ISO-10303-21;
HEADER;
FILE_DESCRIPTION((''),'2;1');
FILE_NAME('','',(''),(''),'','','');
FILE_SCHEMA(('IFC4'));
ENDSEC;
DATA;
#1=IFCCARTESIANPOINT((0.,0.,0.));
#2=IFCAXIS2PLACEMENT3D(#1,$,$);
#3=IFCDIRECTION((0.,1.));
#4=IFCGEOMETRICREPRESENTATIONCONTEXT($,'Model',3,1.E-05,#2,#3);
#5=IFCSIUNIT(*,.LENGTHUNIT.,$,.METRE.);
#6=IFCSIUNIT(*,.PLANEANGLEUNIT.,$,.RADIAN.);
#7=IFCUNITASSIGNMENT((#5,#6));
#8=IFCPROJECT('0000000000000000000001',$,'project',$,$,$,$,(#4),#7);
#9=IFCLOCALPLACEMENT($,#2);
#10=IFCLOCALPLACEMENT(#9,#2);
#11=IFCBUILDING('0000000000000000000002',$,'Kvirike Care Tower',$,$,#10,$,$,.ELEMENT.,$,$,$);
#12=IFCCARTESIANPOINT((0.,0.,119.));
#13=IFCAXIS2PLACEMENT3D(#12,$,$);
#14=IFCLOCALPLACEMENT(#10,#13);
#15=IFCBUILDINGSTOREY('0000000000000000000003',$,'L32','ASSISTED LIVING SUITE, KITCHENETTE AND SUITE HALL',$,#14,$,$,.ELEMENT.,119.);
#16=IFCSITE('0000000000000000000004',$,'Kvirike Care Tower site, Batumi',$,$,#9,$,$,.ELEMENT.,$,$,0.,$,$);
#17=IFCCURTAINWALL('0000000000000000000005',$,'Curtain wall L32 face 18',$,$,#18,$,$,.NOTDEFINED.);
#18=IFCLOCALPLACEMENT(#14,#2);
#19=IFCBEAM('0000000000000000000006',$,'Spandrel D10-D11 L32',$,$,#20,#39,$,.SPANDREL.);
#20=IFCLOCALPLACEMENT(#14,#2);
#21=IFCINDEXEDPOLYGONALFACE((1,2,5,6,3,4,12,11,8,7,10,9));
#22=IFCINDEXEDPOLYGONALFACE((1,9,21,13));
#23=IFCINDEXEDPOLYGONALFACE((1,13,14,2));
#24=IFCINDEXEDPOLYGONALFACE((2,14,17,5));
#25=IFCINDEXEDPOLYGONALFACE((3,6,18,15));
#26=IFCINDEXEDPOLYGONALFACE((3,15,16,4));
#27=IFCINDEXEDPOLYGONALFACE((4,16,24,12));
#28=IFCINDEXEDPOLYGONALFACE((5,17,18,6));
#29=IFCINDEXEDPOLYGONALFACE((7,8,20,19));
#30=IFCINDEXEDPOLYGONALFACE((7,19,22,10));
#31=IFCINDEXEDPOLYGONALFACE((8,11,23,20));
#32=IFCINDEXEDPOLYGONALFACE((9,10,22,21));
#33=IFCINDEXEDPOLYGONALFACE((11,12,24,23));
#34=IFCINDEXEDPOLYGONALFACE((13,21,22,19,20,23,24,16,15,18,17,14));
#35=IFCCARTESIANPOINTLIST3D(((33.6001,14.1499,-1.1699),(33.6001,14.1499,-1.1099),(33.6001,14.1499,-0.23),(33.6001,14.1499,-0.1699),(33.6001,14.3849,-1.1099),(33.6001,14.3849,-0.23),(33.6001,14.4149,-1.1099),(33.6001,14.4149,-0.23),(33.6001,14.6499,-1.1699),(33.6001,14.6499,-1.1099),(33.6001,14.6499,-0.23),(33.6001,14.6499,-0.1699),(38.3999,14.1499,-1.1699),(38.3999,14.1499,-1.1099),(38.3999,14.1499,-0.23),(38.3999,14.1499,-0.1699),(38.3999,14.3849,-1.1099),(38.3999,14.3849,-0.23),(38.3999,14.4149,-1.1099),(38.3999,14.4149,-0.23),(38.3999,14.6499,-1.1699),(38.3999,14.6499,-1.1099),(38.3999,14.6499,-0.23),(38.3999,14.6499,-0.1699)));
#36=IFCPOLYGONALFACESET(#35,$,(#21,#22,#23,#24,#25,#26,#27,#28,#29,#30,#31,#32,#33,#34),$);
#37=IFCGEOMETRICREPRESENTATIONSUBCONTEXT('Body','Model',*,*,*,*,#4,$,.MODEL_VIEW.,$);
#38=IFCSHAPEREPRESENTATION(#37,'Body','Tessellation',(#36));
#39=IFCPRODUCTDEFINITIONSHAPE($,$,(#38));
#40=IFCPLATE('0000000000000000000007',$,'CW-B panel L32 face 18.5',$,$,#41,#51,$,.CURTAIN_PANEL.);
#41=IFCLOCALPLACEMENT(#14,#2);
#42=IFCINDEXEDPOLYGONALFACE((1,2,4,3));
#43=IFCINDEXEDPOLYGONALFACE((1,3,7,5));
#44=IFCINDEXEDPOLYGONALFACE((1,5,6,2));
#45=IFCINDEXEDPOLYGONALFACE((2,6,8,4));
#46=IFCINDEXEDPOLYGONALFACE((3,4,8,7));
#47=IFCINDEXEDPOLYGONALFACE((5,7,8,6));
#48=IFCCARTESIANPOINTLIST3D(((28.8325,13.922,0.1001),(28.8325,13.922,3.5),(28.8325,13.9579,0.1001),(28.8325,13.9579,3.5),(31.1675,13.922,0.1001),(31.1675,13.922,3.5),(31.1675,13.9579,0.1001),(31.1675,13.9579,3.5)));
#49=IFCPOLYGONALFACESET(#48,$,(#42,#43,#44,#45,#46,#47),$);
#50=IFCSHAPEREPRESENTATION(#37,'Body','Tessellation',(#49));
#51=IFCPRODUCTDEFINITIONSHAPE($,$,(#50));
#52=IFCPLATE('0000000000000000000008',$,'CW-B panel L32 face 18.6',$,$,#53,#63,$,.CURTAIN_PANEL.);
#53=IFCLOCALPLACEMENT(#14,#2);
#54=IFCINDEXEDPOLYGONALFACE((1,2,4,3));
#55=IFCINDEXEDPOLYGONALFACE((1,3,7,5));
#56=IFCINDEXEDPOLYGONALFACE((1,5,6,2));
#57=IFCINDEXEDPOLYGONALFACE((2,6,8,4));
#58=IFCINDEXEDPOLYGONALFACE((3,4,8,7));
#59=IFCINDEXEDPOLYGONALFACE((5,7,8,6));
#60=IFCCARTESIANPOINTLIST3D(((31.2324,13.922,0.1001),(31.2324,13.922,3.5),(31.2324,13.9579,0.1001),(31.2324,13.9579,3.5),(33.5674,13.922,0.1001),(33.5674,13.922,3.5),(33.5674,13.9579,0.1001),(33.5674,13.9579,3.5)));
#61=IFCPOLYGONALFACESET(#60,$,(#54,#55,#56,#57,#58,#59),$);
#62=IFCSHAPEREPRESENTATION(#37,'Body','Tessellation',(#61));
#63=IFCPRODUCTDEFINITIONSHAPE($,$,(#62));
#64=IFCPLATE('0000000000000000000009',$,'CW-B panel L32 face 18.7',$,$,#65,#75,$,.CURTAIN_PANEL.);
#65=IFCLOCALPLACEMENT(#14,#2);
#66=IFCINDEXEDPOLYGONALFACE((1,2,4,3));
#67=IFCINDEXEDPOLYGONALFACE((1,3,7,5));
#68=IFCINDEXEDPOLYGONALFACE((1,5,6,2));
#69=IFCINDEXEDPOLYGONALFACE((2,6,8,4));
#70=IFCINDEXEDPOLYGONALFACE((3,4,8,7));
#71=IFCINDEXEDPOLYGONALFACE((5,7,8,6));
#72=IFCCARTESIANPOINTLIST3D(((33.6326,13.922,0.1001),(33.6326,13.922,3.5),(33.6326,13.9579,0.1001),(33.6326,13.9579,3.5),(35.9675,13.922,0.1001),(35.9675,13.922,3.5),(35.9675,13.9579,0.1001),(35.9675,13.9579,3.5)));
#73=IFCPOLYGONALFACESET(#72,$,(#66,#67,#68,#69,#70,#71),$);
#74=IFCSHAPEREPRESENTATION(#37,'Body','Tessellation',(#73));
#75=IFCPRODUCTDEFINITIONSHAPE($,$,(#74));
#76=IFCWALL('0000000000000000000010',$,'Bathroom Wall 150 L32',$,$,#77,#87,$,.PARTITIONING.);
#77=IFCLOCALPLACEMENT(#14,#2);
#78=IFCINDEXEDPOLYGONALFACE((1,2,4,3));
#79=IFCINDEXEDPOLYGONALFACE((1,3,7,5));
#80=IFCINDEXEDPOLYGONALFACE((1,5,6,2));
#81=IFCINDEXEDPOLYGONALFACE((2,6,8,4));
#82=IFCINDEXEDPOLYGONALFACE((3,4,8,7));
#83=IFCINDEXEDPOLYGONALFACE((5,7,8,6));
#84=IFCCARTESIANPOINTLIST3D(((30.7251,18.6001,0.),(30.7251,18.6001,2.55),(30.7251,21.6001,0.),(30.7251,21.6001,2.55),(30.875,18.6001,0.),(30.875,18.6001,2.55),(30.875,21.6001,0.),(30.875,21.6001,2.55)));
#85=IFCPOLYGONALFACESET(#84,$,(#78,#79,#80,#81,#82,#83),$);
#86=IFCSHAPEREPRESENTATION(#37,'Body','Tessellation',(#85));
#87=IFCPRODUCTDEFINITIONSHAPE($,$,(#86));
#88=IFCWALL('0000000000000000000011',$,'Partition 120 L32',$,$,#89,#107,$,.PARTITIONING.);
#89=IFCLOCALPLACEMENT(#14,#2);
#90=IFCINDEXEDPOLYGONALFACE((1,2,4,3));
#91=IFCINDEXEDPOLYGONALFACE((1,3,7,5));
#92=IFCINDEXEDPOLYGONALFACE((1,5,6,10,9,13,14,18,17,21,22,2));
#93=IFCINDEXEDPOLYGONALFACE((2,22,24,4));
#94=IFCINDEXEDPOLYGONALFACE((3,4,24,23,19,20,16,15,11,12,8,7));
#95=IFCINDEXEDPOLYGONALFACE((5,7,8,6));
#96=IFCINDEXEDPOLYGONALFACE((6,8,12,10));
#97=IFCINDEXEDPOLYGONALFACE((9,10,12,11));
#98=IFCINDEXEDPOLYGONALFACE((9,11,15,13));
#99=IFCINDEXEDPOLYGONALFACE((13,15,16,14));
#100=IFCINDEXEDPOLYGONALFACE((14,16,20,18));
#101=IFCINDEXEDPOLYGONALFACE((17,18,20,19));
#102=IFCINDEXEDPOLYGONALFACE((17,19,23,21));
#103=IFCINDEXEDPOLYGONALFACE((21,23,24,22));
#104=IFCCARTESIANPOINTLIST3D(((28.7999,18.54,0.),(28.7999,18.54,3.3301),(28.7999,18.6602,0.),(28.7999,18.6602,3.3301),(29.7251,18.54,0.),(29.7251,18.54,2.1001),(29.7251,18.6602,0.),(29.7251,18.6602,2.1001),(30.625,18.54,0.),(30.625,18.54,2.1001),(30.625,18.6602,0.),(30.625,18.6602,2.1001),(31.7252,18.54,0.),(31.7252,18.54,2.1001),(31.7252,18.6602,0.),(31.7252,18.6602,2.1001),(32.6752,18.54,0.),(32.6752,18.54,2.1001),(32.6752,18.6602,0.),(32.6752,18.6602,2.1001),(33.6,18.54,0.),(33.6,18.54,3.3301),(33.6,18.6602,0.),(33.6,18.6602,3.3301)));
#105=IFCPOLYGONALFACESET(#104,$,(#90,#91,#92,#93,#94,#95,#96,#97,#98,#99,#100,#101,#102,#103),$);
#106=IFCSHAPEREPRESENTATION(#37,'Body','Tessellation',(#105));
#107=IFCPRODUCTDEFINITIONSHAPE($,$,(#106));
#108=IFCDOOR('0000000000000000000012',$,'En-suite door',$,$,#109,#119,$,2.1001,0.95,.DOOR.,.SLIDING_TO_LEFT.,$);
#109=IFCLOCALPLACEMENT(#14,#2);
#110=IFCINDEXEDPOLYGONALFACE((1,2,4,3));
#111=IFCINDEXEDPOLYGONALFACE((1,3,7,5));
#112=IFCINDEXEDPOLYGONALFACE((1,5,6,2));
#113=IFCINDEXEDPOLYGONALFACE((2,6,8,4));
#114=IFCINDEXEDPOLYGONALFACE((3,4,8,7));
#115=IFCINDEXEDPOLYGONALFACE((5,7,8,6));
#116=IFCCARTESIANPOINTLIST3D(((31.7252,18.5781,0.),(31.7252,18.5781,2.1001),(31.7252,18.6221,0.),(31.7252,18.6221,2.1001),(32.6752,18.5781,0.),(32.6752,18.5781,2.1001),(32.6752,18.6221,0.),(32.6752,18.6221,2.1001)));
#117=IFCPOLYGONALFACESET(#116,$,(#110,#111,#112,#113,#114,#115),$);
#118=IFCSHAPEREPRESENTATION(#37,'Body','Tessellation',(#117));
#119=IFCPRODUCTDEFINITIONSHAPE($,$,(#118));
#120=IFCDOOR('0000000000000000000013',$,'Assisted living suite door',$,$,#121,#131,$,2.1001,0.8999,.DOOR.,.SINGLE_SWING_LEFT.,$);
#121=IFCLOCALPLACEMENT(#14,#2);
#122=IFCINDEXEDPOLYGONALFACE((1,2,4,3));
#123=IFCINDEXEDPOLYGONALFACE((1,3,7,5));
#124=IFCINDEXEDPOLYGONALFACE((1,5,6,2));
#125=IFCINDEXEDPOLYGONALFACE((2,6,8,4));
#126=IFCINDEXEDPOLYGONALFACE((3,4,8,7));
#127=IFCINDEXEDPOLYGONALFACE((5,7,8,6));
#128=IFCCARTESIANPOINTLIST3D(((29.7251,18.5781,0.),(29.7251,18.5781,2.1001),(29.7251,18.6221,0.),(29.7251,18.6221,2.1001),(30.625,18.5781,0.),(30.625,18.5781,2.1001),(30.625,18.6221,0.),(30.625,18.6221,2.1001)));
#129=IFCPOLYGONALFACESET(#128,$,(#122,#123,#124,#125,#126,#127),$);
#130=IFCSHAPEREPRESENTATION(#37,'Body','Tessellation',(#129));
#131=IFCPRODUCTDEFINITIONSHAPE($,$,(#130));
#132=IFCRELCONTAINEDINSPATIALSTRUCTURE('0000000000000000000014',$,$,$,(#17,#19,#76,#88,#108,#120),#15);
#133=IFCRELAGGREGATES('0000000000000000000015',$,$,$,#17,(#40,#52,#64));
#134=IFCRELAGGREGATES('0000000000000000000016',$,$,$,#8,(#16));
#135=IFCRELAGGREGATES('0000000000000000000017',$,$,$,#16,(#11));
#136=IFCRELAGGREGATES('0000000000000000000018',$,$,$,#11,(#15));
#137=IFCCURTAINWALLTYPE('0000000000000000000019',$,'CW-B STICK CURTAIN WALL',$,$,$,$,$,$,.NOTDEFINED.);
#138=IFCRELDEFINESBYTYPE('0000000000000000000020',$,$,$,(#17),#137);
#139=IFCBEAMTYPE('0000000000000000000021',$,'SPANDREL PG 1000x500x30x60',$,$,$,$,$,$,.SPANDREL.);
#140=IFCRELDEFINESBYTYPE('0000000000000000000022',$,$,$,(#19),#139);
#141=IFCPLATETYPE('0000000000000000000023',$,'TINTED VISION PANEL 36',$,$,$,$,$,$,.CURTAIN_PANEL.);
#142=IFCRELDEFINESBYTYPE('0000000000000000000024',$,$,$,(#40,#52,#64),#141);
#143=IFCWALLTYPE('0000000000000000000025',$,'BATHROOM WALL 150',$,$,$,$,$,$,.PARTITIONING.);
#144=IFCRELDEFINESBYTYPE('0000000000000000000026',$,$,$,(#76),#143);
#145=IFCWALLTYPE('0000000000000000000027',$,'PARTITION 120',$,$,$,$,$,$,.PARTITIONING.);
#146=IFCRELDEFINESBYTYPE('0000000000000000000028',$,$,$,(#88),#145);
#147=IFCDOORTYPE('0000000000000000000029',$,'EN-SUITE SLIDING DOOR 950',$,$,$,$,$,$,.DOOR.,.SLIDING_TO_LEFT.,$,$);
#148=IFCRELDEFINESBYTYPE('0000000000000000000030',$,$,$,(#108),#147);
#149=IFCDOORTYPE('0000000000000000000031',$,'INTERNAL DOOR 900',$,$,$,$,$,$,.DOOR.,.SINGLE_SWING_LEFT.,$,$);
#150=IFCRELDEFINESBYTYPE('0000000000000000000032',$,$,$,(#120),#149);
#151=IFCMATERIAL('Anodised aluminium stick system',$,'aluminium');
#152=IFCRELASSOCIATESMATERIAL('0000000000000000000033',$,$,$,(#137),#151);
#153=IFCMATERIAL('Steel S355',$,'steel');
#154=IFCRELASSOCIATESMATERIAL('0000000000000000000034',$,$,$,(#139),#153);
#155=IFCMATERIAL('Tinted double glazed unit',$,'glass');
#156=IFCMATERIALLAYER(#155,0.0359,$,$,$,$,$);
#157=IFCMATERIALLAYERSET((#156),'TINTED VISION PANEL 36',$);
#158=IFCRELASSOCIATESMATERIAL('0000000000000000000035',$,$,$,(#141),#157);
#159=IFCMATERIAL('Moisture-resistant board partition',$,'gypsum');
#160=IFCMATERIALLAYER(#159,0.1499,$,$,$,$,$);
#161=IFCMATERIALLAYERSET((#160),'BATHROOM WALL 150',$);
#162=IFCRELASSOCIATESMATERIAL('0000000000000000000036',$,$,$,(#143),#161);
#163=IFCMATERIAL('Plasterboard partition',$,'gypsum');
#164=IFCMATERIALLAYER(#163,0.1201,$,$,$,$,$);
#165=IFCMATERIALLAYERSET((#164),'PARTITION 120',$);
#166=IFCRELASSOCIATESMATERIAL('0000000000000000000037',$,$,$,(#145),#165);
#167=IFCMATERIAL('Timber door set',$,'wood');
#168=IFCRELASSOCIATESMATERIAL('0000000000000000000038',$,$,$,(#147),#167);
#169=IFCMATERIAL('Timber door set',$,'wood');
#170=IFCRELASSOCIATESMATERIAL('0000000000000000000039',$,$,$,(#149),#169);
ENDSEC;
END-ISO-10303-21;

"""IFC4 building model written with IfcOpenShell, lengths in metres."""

from ifc_helpers import new_model, si_unit, direction, frame, frame_2d, origin, origin_2d, place, context, subcontext, project, spatial, rectangle, i_section, extrude, material, layer, layer_set, material_profile, profile_set, type_object, element, fill, aggregate, save


model = new_model("IFC4")

# Units and contexts
model_context = context("Model", 3, precision=1e-05, world=origin(), true_north=direction((0.0, 1.0)))
body_context = subcontext(model_context, "Body", "Model", "MODEL_VIEW")
ifc_project = project(units=[si_unit("LENGTHUNIT", "METRE"), si_unit("PLANEANGLEUNIT", "RADIAN")], contexts=[model_context])

# Site, building, storey
site_placement = place(None, origin())
site = spatial("IfcSite", under=ifc_project, at=site_placement, Name="Kvirike Care Tower site, Batumi", CompositionType="ELEMENT", RefElevation=0.0)
building_placement = place(site_placement, origin())
building = spatial("IfcBuilding", under=site, at=building_placement, Name="Kvirike Care Tower", CompositionType="ELEMENT")
storey_placement = place(building_placement, frame((0.0, 0.0, 119.0)))
storey = spatial("IfcBuildingStorey", under=building, at=storey_placement, Name="L32", Description="ASSISTED LIVING SUITE, KITCHENETTE AND SUITE HALL", CompositionType="ELEMENT", Elevation=119.0)

# Curtain wall
ifc_material_1 = material(Name="Anodised aluminium stick system", Category="aluminium")
curtain_wall_type = type_object("IfcCurtainWallType", Name="CW-B STICK CURTAIN WALL", PredefinedType="NOTDEFINED", material=ifc_material_1)
curtain_wall_placement = place(storey_placement, origin())
curtain_wall = element("IfcCurtainWall", 1, at=curtain_wall_placement, inside=storey, type_object=curtain_wall_type, Name="Curtain wall L32 face 18", PredefinedType="NOTDEFINED")

# Beam
ifc_material_2 = material(Name="Steel S355", Category="steel")
ifc_material_profile_1 = material_profile(ifc_material_2, i_section(OverallWidth=0.5, OverallDepth=1.0, WebThickness=0.03, FlangeThickness=0.0601, at=origin_2d()), Name="PG 1000x500x30x60")
ifc_profile_set_1 = profile_set([ifc_material_profile_1], Name="Steel S355")
beam_type_1 = type_object("IfcBeamType", Name="SPANDREL PG 1000x500x30x60", PredefinedType="SPANDREL", material=ifc_profile_set_1)
beam_1_placement = place(storey_placement, frame((33.6001, 14.3999, -0.6699), z_axis=(1.0, 0.0, 0.0), x_axis=(0.0, 1.0, 0.0)))
element("IfcBeam", 2, at=beam_1_placement, inside=storey, type_object=beam_type_1, Name="Spandrel D10-D11 L32", PredefinedType="SPANDREL", context=body_context, shape_type="SweptSolid", body=[
    extrude(i_section(OverallWidth=0.5, OverallDepth=1.0, WebThickness=0.03, FlangeThickness=0.0601, at=origin_2d()), origin(), (0.0, 0.0, 1.0), 4.7998),
])

# Plates
ifc_material_3 = material(Name="Tinted double glazed unit", Category="glass")
ifc_layer_1 = layer(ifc_material_3, 0.0359)
ifc_layer_set_1 = layer_set([ifc_layer_1], Name="TINTED VISION PANEL 36")
plate_type = type_object("IfcPlateType", Name="TINTED VISION PANEL 36", PredefinedType="CURTAIN_PANEL", material=ifc_layer_set_1)
plate_1_placement = place(storey_placement, frame((30.0, 13.9399, 0.1001), z_axis=(0.0, 0.0, 1.0), x_axis=(1.0, 0.0, 0.0)))
plate_1 = element("IfcPlate", 3, at=plate_1_placement, type_object=plate_type, Name="CW-B panel L32 face 18.5", PredefinedType="CURTAIN_PANEL", context=body_context, shape_type="SweptSolid", body=[
    extrude(rectangle(XDim=2.335, YDim=0.0359, at=origin_2d()), origin(), (0.0, 0.0, 1.0), 3.3999),
])
plate_2_placement = place(storey_placement, frame((32.3999, 13.9399, 0.1001), z_axis=(0.0, 0.0, 1.0), x_axis=(1.0, 0.0, 0.0)))
plate_2 = element("IfcPlate", 4, at=plate_2_placement, type_object=plate_type, Name="CW-B panel L32 face 18.6", PredefinedType="CURTAIN_PANEL", context=body_context, shape_type="SweptSolid", body=[
    extrude(rectangle(XDim=2.335, YDim=0.0359, at=origin_2d()), origin(), (0.0, 0.0, 1.0), 3.3999),
])
plate_3_placement = place(storey_placement, frame((34.8, 13.9399, 0.1001), z_axis=(0.0, 0.0, 1.0), x_axis=(1.0, 0.0, 0.0)))
plate_3 = element("IfcPlate", 5, at=plate_3_placement, type_object=plate_type, Name="CW-B panel L32 face 18.7", PredefinedType="CURTAIN_PANEL", context=body_context, shape_type="SweptSolid", body=[
    extrude(rectangle(XDim=2.335, YDim=0.0359, at=origin_2d()), origin(), (0.0, 0.0, 1.0), 3.3999),
])
aggregate(curtain_wall, [plate_1, plate_2, plate_3])

# Wall
ifc_material_4 = material(Name="Moisture-resistant board partition", Category="gypsum")
ifc_layer_2 = layer(ifc_material_4, 0.1499)
ifc_layer_set_2 = layer_set([ifc_layer_2], Name="BATHROOM WALL 150")
wall_type_1 = type_object("IfcWallType", Name="BATHROOM WALL 150", PredefinedType="PARTITIONING", material=ifc_layer_set_2)
wall_1_placement = place(storey_placement, frame((30.8, 18.6001, 0.0), z_axis=(0.0, 0.0, 1.0), x_axis=(0.0, 1.0, 0.0)))
element("IfcWall", 6, at=wall_1_placement, inside=storey, type_object=wall_type_1, Name="Bathroom Wall 150 L32", PredefinedType="PARTITIONING", context=body_context, shape_type="SweptSolid", body=[
    extrude(rectangle(XDim=3.0, YDim=0.1499, at=frame_2d((1.5, 0.0))), origin(), (0.0, 0.0, 1.0), 2.55),
])

# Wall, openings, doors
ifc_material_5 = material(Name="Plasterboard partition", Category="gypsum")
ifc_layer_3 = layer(ifc_material_5, 0.1201)
ifc_layer_set_3 = layer_set([ifc_layer_3], Name="PARTITION 120")
wall_type_2 = type_object("IfcWallType", Name="PARTITION 120", PredefinedType="PARTITIONING", material=ifc_layer_set_3)
wall_2_placement = place(storey_placement, frame((28.8, 18.6001, 0.0), z_axis=(0.0, 0.0, 1.0), x_axis=(1.0, 0.0, 0.0)))
wall_2 = element("IfcWall", 7, at=wall_2_placement, inside=storey, type_object=wall_type_2, Name="Partition 120 L32", PredefinedType="PARTITIONING", context=body_context, shape_type="SweptSolid", body=[
    extrude(rectangle(XDim=4.8, YDim=0.1201, at=frame_2d((2.3999, 0.0))), origin(), (0.0, 0.0, 1.0), 3.3301),
])
opening_1_placement = place(wall_2_placement, frame((0.925, 0.0, 0.0)))
opening_1 = element("IfcOpeningElement", 8, at=opening_1_placement, cuts=wall_2, PredefinedType="OPENING", context=body_context, shape_type="SweptSolid", body=[
    extrude(rectangle(XDim=0.8999, YDim=2.1001, at=frame_2d((0.45, 1.05))), frame((0.0, 0.0706, 0.0), z_axis=(0.0, -1.0, 0.0), x_axis=(1.0, 0.0, 0.0)), (0.0, 0.0, 1.0), 0.1411),
])
opening_2_placement = place(wall_2_placement, frame((2.925, 0.0, 0.0)))
opening_2 = element("IfcOpeningElement", 9, at=opening_2_placement, cuts=wall_2, PredefinedType="OPENING", context=body_context, shape_type="SweptSolid", body=[
    extrude(rectangle(XDim=0.95, YDim=2.1001, at=frame_2d((0.4751, 1.05))), frame((0.0, 0.0706, 0.0), z_axis=(0.0, -1.0, 0.0), x_axis=(1.0, 0.0, 0.0)), (0.0, 0.0, 1.0), 0.1411),
])
ifc_material_6 = material(Name="Timber door set", Category="wood")
door_type_1 = type_object("IfcDoorType", Name="EN-SUITE SLIDING DOOR 950", OperationType="SLIDING_TO_LEFT", PredefinedType="DOOR", material=ifc_material_6)
door_1_placement = place(opening_2_placement, origin())
door_1 = element("IfcDoor", 10, at=door_1_placement, inside=storey, type_object=door_type_1, Name="En-suite door", OperationType="SLIDING_TO_LEFT", OverallHeight=2.1001, OverallWidth=0.95, PredefinedType="DOOR", context=body_context, shape_type="SweptSolid", body=[
    extrude(rectangle(XDim=0.95, YDim=2.1001, at=frame_2d((0.4751, 1.05))), frame((0.0, 0.022, 0.0), z_axis=(0.0, -1.0, 0.0), x_axis=(1.0, 0.0, 0.0)), (0.0, 0.0, 1.0), 0.0439),
])
fill(opening_2, door_1)
ifc_material_7 = material(Name="Timber door set", Category="wood")
door_type_2 = type_object("IfcDoorType", Name="INTERNAL DOOR 900", OperationType="SINGLE_SWING_LEFT", PredefinedType="DOOR", material=ifc_material_7)
door_2_placement = place(opening_1_placement, origin())
door_2 = element("IfcDoor", 11, at=door_2_placement, inside=storey, type_object=door_type_2, Name="Assisted living suite door", OperationType="SINGLE_SWING_LEFT", OverallHeight=2.1001, OverallWidth=0.8999, PredefinedType="DOOR", context=body_context, shape_type="SweptSolid", body=[
    extrude(rectangle(XDim=0.8999, YDim=2.1001, at=frame_2d((0.45, 1.05))), frame((0.0, 0.022, 0.0), z_axis=(0.0, -1.0, 0.0), x_axis=(1.0, 0.0, 0.0)), (0.0, 0.0, 1.0), 0.0439),
])
fill(opening_1, door_2)

save(model, "model.ifc")
